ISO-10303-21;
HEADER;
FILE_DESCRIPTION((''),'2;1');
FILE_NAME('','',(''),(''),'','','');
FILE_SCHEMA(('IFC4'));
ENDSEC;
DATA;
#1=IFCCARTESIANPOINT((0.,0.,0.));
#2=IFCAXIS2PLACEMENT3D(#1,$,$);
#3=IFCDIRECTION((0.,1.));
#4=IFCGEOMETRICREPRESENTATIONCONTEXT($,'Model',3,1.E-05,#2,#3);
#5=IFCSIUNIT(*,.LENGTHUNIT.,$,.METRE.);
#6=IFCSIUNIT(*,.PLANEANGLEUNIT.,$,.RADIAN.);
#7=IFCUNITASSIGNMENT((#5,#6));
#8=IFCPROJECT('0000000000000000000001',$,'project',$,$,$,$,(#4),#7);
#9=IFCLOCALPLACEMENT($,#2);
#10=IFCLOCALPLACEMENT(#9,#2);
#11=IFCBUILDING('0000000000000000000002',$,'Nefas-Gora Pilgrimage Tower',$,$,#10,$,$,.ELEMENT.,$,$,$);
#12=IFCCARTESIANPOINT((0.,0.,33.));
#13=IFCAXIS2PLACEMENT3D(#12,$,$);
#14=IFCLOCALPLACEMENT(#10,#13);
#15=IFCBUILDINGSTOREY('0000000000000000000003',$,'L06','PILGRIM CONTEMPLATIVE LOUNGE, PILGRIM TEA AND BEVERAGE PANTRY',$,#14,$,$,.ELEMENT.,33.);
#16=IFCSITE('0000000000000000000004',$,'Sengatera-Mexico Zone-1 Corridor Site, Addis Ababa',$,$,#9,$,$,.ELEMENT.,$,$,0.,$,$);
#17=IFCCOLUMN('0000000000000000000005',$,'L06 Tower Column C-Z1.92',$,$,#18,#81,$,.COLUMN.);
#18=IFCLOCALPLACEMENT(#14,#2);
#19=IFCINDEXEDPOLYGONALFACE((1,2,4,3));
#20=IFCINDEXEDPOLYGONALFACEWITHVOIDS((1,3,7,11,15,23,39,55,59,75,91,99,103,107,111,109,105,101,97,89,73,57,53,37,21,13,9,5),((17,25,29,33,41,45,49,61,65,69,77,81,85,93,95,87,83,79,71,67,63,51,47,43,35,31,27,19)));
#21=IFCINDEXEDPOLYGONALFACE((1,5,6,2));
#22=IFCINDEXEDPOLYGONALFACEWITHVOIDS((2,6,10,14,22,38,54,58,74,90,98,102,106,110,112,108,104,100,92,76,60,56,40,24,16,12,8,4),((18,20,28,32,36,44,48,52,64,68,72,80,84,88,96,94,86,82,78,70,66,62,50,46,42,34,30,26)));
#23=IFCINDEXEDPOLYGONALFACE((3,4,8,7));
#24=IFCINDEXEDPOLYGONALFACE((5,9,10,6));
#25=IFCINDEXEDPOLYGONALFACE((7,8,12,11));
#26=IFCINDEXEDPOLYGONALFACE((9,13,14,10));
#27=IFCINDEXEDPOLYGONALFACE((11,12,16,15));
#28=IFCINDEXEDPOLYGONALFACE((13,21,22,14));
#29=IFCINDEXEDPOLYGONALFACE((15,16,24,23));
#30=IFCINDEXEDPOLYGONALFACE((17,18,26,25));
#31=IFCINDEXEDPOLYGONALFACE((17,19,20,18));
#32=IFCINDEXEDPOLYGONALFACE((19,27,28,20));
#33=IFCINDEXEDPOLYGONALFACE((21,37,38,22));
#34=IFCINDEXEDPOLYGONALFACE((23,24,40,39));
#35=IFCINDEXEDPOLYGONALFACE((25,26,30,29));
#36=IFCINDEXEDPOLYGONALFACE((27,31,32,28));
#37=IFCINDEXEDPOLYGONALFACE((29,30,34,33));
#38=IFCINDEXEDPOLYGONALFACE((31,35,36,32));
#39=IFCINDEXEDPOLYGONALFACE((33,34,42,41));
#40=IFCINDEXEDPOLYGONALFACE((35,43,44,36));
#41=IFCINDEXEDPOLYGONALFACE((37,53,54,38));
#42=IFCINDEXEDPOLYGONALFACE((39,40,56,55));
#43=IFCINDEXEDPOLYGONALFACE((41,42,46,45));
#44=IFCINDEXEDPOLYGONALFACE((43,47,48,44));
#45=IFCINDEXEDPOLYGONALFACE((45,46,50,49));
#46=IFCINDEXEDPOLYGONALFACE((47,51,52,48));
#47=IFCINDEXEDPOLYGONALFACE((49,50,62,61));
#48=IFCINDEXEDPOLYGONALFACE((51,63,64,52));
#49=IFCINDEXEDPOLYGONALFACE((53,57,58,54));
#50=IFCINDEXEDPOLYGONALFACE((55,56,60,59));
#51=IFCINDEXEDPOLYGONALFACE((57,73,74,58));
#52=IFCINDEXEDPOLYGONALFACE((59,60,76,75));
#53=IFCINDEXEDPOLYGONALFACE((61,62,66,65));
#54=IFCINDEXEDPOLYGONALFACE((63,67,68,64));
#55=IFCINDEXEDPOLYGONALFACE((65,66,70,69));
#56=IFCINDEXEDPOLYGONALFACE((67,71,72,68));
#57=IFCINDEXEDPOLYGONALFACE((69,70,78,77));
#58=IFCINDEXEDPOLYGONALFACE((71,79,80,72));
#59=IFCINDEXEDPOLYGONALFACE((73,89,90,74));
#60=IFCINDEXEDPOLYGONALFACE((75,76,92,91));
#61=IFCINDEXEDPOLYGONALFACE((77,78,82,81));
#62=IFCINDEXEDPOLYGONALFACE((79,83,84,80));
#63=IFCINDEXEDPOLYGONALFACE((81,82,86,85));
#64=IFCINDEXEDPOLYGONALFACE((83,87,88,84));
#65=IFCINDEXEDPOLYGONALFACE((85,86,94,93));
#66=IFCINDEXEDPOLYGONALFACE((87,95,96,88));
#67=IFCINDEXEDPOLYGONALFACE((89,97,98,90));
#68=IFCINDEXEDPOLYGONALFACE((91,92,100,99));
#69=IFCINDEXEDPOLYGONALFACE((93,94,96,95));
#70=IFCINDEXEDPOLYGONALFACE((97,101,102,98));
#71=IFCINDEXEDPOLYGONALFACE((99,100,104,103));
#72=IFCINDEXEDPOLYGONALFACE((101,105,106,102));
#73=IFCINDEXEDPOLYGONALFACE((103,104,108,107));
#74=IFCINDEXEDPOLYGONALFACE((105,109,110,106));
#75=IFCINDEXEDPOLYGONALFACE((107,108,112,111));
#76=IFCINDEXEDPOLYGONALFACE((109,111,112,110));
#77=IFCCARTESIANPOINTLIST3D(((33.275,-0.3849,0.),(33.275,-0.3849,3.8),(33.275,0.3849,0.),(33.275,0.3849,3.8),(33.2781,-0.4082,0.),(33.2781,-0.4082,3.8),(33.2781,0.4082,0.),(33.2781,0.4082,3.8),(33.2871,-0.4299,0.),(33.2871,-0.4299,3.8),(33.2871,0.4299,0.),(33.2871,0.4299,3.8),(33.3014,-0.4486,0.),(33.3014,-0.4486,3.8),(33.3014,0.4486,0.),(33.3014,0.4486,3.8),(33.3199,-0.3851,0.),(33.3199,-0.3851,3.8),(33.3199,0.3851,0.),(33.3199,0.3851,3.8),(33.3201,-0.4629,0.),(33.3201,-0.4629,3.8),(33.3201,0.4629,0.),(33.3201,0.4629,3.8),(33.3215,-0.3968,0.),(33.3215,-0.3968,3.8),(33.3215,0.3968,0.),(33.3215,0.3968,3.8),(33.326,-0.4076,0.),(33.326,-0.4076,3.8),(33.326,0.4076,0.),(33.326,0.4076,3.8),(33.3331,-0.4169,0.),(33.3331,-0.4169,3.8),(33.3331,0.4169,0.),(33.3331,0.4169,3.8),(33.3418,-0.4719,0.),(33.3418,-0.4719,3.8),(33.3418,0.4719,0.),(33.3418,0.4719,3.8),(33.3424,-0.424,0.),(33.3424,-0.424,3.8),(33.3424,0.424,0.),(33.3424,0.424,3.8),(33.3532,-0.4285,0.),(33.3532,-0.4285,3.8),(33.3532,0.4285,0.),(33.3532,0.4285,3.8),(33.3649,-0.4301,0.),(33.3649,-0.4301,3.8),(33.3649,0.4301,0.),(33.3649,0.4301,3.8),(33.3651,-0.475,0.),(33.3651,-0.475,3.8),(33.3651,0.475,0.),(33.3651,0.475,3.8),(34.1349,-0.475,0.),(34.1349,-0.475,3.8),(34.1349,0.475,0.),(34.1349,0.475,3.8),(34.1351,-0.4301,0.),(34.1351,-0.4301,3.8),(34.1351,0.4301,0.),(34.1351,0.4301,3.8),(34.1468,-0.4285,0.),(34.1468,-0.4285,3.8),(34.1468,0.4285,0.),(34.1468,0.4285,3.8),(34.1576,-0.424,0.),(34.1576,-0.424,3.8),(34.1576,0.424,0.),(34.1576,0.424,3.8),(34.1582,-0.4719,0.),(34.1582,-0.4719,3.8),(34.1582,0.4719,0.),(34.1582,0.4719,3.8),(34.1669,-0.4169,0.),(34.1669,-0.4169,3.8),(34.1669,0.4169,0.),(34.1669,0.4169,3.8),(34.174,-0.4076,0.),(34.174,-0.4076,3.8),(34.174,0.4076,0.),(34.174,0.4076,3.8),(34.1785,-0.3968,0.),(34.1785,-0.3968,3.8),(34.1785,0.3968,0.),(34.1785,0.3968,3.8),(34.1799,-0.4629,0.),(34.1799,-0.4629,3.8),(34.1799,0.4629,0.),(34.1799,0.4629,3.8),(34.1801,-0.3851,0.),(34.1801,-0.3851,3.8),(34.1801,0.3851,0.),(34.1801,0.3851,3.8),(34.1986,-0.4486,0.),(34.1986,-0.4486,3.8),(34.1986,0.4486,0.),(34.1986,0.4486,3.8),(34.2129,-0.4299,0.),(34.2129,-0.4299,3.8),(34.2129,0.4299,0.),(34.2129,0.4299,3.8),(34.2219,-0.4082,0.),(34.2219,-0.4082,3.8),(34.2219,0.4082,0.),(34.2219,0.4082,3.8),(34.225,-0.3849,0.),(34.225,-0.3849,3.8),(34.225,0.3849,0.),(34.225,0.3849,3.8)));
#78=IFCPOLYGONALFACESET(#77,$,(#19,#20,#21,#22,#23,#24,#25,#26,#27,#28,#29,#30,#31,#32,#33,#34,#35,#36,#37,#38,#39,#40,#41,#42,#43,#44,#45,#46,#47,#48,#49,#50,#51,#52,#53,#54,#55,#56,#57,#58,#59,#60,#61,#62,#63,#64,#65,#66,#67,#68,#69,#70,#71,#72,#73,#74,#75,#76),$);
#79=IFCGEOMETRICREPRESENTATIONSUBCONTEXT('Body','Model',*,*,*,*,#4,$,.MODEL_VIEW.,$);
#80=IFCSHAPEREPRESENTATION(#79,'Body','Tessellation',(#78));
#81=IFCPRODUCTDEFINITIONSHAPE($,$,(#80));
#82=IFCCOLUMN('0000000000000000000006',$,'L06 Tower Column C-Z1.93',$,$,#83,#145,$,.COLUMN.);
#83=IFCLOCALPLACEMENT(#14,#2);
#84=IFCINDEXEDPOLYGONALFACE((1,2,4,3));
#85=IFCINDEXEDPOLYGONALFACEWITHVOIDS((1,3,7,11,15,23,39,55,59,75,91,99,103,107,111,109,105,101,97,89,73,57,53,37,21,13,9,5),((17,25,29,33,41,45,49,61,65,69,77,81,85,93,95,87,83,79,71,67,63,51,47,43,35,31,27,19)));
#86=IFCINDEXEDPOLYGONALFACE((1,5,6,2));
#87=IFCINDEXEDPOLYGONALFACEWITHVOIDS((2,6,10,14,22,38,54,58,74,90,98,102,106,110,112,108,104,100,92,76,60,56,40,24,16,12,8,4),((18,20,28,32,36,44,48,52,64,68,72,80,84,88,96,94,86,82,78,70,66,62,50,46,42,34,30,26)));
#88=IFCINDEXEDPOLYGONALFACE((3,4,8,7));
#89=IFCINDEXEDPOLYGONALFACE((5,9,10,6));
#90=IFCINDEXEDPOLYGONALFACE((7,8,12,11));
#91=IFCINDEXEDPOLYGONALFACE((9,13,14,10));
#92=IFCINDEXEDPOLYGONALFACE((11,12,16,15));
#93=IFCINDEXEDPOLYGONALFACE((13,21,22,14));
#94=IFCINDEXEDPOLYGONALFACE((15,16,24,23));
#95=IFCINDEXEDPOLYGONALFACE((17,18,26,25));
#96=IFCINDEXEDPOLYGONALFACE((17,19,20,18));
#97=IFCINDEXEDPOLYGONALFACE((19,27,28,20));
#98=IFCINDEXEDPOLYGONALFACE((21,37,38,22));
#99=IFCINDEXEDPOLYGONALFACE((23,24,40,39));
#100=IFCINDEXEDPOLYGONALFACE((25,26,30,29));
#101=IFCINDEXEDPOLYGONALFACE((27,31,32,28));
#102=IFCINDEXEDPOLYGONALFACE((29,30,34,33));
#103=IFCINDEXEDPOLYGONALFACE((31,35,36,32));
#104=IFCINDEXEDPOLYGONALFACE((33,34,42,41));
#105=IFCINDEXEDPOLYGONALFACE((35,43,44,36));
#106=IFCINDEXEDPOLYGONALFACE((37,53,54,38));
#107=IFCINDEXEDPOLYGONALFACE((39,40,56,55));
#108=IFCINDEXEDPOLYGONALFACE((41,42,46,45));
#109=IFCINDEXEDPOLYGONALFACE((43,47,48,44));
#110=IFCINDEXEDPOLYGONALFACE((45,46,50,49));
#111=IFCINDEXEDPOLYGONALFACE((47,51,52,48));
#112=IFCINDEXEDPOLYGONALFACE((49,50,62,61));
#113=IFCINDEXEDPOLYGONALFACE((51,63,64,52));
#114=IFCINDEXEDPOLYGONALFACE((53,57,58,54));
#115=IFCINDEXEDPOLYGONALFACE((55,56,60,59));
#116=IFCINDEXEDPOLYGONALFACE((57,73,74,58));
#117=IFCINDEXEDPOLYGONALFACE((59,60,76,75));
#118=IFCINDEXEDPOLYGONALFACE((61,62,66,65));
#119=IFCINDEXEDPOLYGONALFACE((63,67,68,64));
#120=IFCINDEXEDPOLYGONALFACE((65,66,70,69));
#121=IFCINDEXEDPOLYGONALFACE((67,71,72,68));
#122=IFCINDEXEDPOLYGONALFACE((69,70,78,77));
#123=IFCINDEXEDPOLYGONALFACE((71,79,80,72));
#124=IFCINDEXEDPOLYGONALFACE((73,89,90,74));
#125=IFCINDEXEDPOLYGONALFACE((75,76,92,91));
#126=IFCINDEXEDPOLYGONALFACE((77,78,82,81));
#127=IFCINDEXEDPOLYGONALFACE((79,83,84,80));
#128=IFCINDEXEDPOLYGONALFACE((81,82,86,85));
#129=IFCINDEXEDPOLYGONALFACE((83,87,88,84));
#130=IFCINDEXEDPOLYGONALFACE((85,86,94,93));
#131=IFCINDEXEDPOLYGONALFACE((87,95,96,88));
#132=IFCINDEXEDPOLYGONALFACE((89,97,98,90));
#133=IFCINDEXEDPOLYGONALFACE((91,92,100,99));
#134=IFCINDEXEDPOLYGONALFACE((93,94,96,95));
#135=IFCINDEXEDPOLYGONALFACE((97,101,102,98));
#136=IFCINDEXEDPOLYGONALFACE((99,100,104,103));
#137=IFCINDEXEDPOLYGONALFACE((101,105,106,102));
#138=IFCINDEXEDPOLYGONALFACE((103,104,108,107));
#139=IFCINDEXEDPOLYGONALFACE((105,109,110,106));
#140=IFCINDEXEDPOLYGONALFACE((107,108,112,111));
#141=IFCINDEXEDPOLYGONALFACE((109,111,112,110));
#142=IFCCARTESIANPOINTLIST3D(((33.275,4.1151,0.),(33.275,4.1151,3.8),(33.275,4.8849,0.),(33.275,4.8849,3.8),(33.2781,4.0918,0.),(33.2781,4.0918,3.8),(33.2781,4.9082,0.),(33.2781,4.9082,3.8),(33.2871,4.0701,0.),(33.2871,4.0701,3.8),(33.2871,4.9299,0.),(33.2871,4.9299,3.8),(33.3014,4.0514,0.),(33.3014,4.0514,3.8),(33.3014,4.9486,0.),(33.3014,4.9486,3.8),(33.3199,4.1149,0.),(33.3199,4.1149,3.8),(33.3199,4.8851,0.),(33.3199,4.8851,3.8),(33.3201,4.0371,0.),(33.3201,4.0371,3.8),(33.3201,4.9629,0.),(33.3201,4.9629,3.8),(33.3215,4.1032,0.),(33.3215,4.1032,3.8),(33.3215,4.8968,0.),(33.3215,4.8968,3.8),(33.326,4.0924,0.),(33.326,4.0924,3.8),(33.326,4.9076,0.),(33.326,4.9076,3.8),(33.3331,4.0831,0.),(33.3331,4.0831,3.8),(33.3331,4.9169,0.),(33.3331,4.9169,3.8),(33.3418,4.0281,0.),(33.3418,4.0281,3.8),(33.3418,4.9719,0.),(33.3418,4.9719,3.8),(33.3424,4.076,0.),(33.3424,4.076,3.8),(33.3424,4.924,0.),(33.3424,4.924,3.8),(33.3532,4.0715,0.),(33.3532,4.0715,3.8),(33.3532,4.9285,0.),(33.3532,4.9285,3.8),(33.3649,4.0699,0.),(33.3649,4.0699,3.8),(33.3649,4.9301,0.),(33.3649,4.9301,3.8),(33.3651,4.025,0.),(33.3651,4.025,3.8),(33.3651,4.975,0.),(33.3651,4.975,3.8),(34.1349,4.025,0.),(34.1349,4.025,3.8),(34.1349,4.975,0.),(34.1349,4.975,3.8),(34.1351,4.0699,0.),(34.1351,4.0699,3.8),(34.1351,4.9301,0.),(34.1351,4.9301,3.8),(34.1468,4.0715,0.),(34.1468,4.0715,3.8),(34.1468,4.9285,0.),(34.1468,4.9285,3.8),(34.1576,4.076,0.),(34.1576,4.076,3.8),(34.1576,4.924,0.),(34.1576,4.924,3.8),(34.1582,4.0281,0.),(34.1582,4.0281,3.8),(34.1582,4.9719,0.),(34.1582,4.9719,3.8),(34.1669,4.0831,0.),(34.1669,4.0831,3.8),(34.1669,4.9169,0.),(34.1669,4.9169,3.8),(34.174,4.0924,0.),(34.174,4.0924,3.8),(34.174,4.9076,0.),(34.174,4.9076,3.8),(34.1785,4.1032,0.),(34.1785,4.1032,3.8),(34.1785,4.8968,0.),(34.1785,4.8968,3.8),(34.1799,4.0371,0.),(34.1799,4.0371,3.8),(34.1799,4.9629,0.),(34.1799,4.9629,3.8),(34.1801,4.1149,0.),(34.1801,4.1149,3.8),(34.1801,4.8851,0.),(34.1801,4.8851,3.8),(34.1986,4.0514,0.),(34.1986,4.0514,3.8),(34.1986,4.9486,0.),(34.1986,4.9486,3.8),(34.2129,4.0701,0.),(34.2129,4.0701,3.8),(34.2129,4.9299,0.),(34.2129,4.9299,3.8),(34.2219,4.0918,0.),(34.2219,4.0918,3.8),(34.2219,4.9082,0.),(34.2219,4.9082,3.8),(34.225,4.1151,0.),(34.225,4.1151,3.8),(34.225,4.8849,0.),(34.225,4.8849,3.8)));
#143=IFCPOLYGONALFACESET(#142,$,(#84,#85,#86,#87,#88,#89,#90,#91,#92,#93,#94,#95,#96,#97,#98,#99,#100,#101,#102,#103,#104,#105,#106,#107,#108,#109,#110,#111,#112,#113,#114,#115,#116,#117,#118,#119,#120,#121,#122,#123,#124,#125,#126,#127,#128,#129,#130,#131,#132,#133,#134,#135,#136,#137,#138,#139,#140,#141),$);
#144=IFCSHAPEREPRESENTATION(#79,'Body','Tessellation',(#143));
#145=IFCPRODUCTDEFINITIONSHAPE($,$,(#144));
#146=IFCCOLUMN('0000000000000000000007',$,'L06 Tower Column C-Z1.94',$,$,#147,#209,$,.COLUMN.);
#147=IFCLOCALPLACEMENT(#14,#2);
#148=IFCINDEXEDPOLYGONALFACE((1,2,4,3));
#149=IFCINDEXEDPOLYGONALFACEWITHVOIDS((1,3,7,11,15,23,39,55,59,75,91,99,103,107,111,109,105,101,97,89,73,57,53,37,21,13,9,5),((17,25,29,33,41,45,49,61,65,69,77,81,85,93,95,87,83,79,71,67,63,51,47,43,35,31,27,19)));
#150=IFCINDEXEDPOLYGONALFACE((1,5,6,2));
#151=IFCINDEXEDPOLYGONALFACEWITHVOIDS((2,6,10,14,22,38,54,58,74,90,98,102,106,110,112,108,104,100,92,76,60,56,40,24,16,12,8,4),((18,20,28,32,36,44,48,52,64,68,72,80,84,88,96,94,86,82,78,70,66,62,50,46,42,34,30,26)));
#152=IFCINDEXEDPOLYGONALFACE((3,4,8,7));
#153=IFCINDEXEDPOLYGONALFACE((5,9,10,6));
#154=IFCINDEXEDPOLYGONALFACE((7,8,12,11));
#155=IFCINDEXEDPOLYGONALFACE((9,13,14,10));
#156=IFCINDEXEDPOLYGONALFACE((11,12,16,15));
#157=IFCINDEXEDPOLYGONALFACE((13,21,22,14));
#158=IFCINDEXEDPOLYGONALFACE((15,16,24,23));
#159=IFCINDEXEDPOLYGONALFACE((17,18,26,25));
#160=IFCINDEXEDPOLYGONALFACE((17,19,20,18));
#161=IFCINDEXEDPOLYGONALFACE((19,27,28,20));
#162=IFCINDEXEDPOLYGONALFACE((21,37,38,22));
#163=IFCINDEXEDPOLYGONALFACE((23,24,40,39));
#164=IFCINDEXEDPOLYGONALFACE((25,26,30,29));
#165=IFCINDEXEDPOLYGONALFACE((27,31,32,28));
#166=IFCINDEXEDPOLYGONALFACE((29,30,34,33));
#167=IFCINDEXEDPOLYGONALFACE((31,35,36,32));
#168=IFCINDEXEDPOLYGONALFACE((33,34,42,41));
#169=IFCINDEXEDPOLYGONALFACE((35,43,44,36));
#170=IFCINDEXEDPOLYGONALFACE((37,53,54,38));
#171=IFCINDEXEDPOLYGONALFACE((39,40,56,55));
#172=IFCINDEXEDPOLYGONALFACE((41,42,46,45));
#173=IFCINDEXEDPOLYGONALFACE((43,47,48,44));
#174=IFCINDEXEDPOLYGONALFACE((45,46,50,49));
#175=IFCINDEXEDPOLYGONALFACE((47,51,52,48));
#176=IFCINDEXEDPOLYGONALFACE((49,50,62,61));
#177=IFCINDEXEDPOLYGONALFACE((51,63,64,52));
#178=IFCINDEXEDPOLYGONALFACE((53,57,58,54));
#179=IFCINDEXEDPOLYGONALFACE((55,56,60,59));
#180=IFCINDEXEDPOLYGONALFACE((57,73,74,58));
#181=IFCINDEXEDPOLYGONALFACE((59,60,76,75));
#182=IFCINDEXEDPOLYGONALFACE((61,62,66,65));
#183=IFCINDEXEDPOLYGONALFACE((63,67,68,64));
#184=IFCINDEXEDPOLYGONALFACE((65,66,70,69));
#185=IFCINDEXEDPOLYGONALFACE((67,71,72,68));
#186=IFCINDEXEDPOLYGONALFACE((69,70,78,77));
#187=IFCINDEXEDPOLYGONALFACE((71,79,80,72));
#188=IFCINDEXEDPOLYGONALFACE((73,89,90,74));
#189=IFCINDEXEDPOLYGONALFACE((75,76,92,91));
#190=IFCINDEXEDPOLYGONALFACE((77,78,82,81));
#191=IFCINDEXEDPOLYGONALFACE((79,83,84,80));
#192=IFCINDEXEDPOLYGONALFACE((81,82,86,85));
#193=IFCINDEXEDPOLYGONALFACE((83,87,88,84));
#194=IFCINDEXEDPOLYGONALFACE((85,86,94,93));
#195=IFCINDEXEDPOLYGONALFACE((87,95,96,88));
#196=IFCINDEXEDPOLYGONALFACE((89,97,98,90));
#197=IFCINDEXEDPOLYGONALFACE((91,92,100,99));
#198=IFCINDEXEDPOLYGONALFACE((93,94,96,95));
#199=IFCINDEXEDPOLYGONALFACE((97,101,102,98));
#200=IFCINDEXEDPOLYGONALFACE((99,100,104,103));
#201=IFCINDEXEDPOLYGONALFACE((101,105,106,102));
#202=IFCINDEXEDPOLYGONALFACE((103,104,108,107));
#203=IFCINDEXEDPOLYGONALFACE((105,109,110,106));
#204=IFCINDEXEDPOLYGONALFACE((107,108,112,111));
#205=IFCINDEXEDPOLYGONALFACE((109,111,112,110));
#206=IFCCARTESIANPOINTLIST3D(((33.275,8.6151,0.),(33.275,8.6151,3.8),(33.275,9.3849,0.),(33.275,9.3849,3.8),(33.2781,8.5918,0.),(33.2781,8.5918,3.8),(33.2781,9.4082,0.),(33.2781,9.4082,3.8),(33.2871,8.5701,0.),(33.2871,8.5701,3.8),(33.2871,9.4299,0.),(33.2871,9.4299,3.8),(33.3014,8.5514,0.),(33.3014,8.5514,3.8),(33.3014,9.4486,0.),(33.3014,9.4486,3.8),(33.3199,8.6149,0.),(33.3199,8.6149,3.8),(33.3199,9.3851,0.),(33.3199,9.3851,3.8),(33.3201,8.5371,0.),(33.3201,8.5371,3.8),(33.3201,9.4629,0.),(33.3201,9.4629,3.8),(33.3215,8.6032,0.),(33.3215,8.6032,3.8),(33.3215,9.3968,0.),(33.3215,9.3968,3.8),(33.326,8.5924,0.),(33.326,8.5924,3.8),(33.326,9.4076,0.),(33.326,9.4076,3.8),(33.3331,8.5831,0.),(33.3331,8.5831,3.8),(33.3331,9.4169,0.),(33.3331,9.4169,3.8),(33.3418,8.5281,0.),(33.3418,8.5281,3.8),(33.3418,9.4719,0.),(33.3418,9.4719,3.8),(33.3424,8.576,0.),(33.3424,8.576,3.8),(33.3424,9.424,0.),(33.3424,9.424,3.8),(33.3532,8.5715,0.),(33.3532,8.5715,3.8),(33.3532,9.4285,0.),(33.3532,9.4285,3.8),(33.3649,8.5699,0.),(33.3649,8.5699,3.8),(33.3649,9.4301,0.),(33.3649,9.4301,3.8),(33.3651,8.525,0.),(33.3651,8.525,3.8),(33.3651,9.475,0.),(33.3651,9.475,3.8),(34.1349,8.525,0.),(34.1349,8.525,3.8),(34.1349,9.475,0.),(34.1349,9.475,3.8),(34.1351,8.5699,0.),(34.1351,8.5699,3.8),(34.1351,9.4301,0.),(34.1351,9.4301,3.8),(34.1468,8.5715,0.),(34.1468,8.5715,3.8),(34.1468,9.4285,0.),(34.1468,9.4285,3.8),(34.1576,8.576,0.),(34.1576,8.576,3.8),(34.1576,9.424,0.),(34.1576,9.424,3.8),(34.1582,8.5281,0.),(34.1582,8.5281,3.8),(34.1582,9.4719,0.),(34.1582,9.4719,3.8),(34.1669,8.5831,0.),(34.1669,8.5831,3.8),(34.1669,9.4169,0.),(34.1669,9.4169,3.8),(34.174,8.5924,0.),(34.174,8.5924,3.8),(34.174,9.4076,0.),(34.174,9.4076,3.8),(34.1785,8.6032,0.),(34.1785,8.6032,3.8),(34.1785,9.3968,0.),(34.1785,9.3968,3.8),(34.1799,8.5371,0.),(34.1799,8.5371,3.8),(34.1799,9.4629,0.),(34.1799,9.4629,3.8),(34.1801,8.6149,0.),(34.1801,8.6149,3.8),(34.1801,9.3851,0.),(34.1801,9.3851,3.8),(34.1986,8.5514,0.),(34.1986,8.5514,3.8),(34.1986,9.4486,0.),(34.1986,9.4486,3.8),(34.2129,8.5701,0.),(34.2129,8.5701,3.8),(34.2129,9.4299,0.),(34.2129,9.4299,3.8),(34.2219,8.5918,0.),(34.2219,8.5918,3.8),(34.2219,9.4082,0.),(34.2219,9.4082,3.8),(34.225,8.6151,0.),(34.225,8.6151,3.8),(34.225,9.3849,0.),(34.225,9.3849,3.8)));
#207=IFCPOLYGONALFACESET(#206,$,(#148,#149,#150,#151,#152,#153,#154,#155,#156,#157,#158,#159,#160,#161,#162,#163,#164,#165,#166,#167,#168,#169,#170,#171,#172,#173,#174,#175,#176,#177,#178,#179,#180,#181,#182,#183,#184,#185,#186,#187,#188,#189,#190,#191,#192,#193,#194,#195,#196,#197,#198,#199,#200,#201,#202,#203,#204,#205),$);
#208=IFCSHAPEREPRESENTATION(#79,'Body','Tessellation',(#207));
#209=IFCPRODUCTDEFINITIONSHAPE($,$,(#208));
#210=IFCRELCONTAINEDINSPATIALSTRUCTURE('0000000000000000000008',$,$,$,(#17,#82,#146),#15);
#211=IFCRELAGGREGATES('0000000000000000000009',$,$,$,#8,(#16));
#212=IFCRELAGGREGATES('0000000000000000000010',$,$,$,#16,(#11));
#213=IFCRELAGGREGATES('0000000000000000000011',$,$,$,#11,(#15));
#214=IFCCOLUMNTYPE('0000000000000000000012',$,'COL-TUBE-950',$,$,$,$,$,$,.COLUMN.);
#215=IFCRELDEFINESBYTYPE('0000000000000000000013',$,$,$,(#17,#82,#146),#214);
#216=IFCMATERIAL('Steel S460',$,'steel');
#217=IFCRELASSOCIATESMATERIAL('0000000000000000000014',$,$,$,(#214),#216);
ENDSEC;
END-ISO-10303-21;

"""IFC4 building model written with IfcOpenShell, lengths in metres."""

from ifc_helpers import new_model, si_unit, direction, frame, origin, origin_2d, place, context, subcontext, project, spatial, hollow_rectangle, extrude, source, transform, mapped, material, material_profile, profile_set, type_object, element, save


model = new_model("IFC4")

# Units and contexts
model_context = context("Model", 3, precision=1e-05, world=origin(), true_north=direction((0.0, 1.0)))
body_context = subcontext(model_context, "Body", "Model", "MODEL_VIEW")
ifc_project = project(units=[si_unit("LENGTHUNIT", "METRE"), si_unit("PLANEANGLEUNIT", "RADIAN")], contexts=[model_context])

# Site, building, storey
site_placement = place(None, origin())
site = spatial("IfcSite", under=ifc_project, at=site_placement, Name="Sengatera-Mexico Zone-1 Corridor Site, Addis Ababa", CompositionType="ELEMENT", RefElevation=0.0)
building_placement = place(site_placement, origin())
building = spatial("IfcBuilding", under=site, at=building_placement, Name="Nefas-Gora Pilgrimage Tower", CompositionType="ELEMENT")
storey_placement = place(building_placement, frame((0.0, 0.0, 33.0)))
storey = spatial("IfcBuildingStorey", under=building, at=storey_placement, Name="L06", Description="PILGRIM CONTEMPLATIVE LOUNGE, PILGRIM TEA AND BEVERAGE PANTRY", CompositionType="ELEMENT", Elevation=33.0)

# Columns
ifc_material_1 = material(Name="Steel S460", Category="steel")
ifc_material_profile_1 = material_profile(ifc_material_1, hollow_rectangle(XDim=0.95, YDim=0.95, WallThickness=0.0449, InnerFilletRadius=0.0449, OuterFilletRadius=0.0901, at=origin_2d()), Name="BOX 950x950x45")
ifc_profile_set_1 = profile_set([ifc_material_profile_1], Name="Steel S460")
column_type_1 = type_object("IfcColumnType", Name="COL-TUBE-950", PredefinedType="COLUMN", material=ifc_profile_set_1)
shared_shape_1 = source(origin(), body_context, "Body", "SweptSolid", [
    extrude(hollow_rectangle(XDim=0.95, YDim=0.95, WallThickness=0.0449, InnerFilletRadius=0.0449, OuterFilletRadius=0.0901, at=origin_2d()), origin(), (0.0, 0.0, 1.0), 3.8),
])
for number, where, z_axis, x_axis, name in (
    (1, (33.75, 0.0, 0.0), (0.0, 0.0, 1.0), (1.0, 0.0, 0.0), "L06 Tower Column C-Z1.92"),
    (2, (33.75, 4.5, 0.0), (0.0, 0.0, 1.0), (1.0, 0.0, 0.0), "L06 Tower Column C-Z1.93"),
    (3, (33.75, 9.0, 0.0), (0.0, 0.0, 1.0), (1.0, 0.0, 0.0), "L06 Tower Column C-Z1.94"),
):
    element("IfcColumn", number, at=place(storey_placement, frame(where, z_axis=z_axis, x_axis=x_axis)), inside=storey, type_object=column_type_1, Name=name, PredefinedType="COLUMN", context=body_context, shape_type="MappedRepresentation", body=[
        mapped(shared_shape_1, transform((0.0, 0.0, 0.0), x_axis=(1.0, 0.0, 0.0), y_axis=(0.0, 1.0, 0.0), z_axis=(0.0, 0.0, 1.0), scale=1.0)),
    ])

save(model, "model.ifc")
